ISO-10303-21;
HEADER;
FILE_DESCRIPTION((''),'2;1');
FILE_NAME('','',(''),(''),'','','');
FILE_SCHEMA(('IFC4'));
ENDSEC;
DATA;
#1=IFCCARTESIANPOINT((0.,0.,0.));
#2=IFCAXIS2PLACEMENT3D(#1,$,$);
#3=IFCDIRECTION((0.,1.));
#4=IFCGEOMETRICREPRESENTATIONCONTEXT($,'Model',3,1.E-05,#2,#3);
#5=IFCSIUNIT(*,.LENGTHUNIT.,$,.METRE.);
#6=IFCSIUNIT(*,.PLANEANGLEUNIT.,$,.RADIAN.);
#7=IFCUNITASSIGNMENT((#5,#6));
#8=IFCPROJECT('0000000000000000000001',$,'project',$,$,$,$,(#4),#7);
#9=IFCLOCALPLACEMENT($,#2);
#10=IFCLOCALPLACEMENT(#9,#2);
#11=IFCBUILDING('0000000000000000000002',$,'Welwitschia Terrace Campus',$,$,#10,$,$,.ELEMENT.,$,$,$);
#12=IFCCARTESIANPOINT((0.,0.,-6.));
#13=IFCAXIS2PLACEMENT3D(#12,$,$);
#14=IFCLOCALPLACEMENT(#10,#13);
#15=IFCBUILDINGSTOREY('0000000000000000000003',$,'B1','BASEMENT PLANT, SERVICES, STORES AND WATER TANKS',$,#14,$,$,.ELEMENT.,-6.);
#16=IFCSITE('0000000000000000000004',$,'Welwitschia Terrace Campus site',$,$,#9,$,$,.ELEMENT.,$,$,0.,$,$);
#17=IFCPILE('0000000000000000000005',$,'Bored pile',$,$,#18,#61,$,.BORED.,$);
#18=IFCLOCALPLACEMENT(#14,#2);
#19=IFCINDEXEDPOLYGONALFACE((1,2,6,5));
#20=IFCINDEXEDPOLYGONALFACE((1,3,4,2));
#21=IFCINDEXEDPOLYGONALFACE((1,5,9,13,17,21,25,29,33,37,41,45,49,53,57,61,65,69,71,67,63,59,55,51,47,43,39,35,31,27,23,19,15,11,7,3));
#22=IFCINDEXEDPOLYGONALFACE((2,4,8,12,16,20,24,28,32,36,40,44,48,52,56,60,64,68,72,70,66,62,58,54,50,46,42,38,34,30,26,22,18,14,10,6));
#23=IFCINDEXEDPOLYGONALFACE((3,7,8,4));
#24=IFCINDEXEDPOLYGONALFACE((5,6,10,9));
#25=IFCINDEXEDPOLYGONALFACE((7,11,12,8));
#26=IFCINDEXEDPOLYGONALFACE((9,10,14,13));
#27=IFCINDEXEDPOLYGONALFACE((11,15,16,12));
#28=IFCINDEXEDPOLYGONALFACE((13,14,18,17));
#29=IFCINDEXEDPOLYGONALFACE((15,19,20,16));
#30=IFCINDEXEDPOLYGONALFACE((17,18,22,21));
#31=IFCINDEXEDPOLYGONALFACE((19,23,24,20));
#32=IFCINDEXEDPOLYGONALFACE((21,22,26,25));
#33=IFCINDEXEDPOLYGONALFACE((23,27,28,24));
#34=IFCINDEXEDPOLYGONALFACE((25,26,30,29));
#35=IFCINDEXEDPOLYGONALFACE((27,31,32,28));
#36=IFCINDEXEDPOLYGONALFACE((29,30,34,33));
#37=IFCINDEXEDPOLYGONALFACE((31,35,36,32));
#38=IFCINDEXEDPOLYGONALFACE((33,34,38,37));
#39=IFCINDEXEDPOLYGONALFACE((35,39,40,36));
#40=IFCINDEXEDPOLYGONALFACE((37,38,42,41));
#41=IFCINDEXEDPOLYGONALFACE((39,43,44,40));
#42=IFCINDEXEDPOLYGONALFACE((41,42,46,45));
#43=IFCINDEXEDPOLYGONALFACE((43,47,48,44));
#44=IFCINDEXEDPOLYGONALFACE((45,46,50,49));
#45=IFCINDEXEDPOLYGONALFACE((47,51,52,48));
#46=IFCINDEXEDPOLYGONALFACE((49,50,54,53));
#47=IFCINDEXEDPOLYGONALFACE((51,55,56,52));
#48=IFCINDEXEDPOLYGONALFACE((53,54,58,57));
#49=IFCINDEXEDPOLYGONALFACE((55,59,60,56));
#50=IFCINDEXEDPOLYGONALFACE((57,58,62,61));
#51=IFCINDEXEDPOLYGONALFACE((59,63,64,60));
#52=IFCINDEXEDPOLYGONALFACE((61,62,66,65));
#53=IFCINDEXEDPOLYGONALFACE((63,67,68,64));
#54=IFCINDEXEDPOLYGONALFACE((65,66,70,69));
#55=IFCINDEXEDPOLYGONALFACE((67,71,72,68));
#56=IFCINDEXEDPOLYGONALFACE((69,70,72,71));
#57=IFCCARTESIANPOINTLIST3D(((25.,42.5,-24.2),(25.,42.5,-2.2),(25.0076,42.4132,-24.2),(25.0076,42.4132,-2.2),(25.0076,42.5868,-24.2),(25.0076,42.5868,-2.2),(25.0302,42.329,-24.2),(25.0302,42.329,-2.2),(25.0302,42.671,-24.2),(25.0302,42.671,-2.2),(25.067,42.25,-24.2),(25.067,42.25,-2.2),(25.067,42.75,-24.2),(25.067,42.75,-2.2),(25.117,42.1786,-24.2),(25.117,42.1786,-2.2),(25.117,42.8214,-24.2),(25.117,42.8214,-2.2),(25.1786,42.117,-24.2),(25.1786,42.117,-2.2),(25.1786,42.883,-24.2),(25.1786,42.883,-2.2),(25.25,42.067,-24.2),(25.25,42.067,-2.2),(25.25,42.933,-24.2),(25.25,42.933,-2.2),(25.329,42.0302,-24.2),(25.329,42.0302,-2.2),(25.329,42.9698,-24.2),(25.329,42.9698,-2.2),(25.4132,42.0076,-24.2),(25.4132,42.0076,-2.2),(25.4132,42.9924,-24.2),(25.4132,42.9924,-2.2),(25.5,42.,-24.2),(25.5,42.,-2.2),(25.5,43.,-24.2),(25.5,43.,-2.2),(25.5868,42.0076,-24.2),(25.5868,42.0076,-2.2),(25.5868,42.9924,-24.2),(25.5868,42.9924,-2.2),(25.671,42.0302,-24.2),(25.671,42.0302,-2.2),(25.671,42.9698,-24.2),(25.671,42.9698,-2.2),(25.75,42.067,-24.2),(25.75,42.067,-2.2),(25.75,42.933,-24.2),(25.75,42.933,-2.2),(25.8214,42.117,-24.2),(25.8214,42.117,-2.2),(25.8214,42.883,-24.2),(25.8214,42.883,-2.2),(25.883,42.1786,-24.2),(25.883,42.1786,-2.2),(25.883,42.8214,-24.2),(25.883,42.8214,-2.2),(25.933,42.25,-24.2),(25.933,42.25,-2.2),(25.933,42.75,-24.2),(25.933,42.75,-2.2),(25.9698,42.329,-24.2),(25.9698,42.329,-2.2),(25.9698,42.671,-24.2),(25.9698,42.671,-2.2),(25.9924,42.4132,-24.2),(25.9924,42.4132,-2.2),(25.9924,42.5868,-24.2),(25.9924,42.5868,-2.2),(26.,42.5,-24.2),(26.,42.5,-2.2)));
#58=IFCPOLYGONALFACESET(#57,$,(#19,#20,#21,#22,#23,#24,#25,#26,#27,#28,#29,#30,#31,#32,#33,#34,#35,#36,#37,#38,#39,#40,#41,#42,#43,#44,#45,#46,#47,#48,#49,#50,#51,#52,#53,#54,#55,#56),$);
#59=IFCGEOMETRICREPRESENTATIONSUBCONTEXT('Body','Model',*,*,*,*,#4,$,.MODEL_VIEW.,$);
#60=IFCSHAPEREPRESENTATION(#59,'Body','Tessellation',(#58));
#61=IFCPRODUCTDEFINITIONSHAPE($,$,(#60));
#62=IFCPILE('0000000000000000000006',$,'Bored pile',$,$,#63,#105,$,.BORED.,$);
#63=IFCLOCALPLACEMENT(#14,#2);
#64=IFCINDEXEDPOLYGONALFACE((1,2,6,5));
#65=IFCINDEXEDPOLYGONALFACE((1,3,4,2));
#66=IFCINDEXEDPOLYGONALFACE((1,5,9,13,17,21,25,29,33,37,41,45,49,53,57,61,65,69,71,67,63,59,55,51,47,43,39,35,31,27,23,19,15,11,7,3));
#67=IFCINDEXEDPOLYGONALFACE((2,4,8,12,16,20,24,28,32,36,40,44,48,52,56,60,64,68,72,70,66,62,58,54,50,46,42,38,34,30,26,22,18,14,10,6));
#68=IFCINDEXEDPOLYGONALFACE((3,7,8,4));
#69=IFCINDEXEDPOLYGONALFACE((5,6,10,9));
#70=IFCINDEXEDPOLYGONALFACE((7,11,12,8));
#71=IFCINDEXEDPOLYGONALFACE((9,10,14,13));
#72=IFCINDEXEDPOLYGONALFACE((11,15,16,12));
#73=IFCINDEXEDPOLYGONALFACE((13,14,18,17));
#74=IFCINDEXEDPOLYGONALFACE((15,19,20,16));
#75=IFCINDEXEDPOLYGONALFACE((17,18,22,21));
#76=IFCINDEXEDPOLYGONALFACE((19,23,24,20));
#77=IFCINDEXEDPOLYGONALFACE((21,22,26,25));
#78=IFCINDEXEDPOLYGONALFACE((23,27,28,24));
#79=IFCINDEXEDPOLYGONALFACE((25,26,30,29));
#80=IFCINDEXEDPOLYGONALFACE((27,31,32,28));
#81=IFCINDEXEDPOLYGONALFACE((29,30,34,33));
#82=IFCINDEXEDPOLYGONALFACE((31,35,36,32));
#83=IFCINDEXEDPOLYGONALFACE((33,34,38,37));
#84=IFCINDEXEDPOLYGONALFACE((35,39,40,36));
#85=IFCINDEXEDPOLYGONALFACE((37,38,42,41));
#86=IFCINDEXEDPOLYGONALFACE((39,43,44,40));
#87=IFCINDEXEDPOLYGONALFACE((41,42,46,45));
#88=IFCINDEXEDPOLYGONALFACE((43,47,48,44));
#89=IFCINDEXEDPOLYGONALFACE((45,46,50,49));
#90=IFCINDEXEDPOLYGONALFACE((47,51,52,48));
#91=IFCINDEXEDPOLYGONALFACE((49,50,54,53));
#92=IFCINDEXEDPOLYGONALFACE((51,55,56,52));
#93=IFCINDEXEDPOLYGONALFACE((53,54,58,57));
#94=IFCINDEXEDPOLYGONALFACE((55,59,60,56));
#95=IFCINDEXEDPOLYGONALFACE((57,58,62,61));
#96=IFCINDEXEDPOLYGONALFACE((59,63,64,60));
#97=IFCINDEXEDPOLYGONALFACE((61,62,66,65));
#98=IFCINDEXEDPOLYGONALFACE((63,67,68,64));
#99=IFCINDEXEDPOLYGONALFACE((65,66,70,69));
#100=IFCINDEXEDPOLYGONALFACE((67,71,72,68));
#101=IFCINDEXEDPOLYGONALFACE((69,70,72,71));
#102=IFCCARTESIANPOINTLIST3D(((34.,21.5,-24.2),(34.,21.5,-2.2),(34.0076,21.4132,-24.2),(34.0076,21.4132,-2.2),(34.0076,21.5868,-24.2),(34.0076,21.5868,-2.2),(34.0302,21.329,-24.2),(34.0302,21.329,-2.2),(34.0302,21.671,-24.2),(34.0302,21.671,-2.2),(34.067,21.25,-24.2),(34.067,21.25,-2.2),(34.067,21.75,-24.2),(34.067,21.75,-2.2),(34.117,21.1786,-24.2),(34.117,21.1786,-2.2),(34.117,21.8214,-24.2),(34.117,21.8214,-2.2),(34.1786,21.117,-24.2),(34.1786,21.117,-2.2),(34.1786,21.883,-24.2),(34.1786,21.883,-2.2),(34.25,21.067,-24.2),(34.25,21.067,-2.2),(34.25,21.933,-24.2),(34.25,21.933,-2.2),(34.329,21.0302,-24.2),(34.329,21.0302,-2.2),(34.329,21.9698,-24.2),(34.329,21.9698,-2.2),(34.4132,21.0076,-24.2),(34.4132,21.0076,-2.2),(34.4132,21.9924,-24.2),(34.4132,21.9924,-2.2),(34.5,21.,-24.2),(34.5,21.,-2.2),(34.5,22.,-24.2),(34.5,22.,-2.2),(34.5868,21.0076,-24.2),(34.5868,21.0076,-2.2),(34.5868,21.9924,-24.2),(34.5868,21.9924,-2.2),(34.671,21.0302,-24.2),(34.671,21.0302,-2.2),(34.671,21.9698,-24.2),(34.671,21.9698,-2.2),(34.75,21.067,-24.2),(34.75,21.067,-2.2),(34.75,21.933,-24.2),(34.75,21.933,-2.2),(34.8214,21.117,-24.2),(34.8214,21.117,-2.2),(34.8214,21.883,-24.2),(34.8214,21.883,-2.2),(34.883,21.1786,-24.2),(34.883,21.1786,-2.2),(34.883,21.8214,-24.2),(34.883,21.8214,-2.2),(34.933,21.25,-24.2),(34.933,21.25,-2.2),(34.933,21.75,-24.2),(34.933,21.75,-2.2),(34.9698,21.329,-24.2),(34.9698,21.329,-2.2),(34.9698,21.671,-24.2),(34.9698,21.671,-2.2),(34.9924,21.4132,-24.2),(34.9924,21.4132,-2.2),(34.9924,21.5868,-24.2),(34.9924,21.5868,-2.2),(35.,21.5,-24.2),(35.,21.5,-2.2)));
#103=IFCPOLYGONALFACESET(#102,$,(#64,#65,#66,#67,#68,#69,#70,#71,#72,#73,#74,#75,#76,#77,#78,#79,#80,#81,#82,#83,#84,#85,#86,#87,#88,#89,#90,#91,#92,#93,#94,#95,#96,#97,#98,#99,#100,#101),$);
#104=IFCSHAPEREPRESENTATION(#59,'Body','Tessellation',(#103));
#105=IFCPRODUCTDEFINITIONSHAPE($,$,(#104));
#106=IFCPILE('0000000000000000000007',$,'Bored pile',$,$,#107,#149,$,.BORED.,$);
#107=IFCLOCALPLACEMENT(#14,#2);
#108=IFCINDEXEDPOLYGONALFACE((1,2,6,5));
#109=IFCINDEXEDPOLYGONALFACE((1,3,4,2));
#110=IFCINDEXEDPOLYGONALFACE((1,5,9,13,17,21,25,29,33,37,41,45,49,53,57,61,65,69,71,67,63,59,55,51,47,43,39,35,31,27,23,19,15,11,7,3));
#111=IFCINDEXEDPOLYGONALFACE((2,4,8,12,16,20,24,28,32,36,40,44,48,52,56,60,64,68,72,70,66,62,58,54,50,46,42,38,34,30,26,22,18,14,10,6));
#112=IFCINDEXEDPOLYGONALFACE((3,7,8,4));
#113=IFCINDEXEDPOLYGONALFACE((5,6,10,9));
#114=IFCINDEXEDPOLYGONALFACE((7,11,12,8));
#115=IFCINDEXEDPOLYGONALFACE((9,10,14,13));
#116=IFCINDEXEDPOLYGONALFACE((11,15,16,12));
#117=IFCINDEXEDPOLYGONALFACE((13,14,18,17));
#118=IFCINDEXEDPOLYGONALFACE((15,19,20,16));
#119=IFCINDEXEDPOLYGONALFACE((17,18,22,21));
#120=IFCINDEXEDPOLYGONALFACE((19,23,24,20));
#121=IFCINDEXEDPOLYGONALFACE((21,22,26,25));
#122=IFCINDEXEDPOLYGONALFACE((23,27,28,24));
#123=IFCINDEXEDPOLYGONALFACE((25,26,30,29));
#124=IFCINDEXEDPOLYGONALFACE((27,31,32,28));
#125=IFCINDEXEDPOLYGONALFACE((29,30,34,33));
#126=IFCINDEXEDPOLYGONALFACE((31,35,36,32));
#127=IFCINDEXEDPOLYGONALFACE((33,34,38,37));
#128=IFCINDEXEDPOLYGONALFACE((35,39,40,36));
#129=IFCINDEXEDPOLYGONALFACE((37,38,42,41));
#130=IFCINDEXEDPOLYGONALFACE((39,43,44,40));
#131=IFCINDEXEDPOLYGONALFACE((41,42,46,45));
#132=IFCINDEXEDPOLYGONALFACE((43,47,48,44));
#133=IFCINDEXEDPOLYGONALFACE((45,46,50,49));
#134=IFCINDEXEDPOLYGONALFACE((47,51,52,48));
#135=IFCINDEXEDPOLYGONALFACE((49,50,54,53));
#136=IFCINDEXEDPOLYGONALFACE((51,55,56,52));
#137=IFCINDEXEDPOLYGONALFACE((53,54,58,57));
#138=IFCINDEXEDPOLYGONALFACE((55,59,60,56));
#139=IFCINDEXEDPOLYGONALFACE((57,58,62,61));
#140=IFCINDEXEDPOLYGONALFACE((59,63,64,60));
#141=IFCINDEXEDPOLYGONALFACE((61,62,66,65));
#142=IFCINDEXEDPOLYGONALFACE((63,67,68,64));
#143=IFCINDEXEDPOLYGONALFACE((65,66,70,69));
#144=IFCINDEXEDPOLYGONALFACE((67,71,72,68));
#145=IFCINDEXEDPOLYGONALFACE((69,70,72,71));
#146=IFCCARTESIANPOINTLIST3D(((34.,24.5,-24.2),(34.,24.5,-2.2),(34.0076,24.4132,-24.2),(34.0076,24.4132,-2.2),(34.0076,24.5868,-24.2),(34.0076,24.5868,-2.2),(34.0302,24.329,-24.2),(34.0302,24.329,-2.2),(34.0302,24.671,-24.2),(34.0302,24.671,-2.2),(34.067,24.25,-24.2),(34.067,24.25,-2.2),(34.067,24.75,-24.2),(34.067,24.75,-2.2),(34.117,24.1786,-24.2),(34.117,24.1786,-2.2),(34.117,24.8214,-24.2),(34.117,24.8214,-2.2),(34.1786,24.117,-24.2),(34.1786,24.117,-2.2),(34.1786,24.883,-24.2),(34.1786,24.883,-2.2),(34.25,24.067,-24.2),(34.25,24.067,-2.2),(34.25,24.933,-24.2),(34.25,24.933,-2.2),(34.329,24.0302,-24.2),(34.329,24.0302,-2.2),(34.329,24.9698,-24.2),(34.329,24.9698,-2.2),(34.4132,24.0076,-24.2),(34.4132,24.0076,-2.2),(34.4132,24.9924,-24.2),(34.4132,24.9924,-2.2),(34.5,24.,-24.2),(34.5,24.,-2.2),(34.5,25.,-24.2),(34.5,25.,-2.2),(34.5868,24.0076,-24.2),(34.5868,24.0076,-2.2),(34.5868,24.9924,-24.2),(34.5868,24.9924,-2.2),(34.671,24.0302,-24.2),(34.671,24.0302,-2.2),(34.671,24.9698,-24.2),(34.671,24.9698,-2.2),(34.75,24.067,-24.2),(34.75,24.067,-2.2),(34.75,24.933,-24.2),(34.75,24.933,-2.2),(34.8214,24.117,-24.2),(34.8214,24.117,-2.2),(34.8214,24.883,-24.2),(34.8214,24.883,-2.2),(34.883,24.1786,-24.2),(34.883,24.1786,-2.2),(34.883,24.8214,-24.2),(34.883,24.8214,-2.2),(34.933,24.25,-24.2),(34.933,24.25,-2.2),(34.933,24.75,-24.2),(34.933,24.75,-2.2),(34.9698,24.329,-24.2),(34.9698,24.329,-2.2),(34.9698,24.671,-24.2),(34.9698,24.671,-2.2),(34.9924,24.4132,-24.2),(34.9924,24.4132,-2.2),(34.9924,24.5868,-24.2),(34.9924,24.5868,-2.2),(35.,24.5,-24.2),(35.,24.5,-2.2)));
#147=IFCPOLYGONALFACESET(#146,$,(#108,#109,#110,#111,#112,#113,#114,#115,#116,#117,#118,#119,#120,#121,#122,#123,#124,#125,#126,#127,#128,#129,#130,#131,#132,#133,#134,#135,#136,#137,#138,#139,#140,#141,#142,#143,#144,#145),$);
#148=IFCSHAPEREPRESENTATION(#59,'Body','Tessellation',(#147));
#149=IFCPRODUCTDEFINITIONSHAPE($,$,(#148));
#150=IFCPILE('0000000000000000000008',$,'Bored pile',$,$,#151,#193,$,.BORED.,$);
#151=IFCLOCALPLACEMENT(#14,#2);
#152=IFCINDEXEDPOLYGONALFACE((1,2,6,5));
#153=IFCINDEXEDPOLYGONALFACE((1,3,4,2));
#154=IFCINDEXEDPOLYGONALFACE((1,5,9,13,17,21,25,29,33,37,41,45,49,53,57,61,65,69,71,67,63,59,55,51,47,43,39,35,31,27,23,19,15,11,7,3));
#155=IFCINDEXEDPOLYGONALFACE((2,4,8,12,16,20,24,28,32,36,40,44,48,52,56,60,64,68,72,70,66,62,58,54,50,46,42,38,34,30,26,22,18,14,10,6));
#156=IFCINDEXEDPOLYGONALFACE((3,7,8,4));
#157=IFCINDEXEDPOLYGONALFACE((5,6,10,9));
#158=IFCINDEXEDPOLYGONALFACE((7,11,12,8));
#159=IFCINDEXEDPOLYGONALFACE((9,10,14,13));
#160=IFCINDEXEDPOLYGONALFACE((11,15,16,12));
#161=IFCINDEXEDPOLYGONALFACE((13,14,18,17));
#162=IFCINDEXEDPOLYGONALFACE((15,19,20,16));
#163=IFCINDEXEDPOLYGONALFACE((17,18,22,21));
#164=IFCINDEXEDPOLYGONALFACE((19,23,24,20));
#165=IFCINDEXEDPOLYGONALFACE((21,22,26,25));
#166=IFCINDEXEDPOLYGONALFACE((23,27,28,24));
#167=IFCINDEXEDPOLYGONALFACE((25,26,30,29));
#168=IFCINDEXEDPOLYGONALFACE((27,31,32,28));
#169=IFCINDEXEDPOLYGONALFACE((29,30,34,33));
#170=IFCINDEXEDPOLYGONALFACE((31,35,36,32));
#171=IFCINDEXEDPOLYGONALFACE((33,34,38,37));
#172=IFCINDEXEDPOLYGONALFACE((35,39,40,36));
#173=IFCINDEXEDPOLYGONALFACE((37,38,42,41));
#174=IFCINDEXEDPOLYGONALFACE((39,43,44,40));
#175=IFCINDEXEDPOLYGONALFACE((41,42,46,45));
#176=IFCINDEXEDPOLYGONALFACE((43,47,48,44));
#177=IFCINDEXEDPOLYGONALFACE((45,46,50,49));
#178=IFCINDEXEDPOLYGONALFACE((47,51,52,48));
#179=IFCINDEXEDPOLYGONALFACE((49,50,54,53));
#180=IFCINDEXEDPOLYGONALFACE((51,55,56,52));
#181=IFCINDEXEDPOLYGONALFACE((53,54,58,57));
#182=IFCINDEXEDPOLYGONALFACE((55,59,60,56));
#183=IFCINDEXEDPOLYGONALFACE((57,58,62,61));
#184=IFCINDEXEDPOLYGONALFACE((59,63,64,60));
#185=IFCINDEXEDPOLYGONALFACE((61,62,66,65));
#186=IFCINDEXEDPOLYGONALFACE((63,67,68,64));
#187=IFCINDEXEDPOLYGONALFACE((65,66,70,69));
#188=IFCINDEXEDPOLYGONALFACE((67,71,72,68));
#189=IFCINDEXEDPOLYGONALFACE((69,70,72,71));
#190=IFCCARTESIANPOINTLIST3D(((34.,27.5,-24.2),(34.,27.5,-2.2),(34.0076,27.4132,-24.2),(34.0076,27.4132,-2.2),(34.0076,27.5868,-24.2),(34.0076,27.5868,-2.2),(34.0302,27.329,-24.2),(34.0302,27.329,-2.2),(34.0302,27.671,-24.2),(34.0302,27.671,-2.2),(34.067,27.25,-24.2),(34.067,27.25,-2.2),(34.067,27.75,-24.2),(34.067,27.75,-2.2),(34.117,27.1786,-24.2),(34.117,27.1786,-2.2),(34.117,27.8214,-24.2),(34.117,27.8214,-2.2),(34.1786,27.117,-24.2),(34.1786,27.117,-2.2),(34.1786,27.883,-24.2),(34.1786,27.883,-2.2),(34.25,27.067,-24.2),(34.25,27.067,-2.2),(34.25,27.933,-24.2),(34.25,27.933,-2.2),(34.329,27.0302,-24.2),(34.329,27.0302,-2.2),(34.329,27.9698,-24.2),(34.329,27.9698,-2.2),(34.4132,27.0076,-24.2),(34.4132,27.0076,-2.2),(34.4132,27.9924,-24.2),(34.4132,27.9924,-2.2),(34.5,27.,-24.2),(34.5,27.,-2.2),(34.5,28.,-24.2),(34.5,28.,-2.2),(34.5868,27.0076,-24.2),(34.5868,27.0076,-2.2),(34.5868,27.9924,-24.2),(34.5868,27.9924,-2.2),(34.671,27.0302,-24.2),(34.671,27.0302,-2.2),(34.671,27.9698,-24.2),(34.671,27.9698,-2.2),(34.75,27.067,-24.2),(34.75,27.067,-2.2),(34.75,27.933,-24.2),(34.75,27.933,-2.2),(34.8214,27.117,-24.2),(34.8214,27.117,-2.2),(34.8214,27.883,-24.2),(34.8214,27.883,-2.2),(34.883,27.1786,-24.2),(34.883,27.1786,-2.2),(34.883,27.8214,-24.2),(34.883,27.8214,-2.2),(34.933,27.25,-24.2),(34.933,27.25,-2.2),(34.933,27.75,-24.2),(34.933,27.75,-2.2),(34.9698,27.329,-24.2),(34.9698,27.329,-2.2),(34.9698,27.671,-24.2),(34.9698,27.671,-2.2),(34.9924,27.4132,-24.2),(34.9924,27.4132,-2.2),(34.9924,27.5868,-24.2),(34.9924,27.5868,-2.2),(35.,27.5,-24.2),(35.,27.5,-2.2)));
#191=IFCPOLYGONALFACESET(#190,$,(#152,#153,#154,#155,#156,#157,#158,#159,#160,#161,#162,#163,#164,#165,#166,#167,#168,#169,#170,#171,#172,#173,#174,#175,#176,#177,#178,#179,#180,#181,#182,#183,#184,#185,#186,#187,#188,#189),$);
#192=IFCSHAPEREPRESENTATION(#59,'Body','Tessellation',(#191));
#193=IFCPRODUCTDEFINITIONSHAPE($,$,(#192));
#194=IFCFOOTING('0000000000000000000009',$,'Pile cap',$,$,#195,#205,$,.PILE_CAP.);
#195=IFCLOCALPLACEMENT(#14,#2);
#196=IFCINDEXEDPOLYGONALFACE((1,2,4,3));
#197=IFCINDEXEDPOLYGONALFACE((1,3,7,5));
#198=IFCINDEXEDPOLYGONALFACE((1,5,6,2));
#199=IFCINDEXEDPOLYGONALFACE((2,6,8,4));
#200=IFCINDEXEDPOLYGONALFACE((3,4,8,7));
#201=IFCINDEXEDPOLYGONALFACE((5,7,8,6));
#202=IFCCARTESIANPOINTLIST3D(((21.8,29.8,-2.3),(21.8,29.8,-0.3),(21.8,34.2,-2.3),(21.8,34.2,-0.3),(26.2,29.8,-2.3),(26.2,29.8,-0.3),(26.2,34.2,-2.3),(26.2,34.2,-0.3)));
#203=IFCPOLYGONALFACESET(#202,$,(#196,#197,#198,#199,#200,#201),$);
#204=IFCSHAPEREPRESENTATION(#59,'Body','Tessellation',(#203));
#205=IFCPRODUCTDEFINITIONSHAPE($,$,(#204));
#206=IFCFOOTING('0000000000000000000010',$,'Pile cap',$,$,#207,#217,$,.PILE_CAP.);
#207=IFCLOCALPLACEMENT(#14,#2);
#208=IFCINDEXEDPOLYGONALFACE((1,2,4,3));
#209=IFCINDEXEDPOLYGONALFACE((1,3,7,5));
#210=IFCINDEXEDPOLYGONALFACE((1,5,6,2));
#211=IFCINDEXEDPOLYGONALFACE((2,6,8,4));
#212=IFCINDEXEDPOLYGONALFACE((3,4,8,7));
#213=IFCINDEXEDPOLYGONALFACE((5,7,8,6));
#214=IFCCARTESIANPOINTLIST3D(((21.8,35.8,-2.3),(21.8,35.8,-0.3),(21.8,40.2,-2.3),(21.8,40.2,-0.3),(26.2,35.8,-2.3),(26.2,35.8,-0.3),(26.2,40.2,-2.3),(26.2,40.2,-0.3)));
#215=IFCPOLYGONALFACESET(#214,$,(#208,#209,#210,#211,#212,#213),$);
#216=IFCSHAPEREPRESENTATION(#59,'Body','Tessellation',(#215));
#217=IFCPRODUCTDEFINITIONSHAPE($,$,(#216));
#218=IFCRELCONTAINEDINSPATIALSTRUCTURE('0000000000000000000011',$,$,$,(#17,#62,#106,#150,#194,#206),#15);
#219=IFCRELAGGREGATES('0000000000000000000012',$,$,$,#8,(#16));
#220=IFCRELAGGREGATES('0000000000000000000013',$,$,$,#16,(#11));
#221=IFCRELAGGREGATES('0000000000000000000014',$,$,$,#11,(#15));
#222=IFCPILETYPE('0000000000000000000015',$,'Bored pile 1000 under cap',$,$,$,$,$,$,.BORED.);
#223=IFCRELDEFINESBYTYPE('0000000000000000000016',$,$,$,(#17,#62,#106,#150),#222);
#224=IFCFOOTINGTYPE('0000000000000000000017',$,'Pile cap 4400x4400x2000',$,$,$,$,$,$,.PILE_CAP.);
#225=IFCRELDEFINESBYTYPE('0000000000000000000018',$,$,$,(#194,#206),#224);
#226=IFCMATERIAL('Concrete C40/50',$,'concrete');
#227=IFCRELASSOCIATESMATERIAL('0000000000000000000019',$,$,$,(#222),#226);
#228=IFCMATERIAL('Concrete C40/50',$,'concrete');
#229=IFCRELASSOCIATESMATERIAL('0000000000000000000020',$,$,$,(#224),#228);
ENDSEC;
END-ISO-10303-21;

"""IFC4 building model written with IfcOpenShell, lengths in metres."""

from ifc_helpers import new_model, si_unit, direction, frame, origin, origin_2d, place, context, subcontext, project, spatial, rectangle, circle, extrude, material, type_object, element, save


model = new_model("IFC4")

# Units and contexts
model_context = context("Model", 3, precision=1e-05, world=origin(), true_north=direction((0.0, 1.0)))
body_context = subcontext(model_context, "Body", "Model", "MODEL_VIEW")
ifc_project = project(units=[si_unit("LENGTHUNIT", "METRE"), si_unit("PLANEANGLEUNIT", "RADIAN")], contexts=[model_context])

# Site, building, storey
site_placement = place(None, origin())
site = spatial("IfcSite", under=ifc_project, at=site_placement, Name="Welwitschia Terrace Campus site", CompositionType="ELEMENT", RefElevation=0.0)
building_placement = place(site_placement, origin())
building = spatial("IfcBuilding", under=site, at=building_placement, Name="Welwitschia Terrace Campus", CompositionType="ELEMENT")
storey_placement = place(building_placement, frame((0.0, 0.0, -6.0)))
storey = spatial("IfcBuildingStorey", under=building, at=storey_placement, Name="B1", Description="BASEMENT PLANT, SERVICES, STORES AND WATER TANKS", CompositionType="ELEMENT", Elevation=-6.0)

# Piles
ifc_material_1 = material(Name="Concrete C40/50", Category="concrete")
pile_type_1 = type_object("IfcPileType", Name="Bored pile 1000 under cap", PredefinedType="BORED", material=ifc_material_1)
for number, where, z_axis, x_axis, name in (
    (1, (25.5, 42.5, -2.2), (0.0, 0.0, -1.0), (1.0, 0.0, 0.0), "Bored pile"),
    (2, (34.5, 21.5, -2.2), (0.0, 0.0, -1.0), (1.0, 0.0, 0.0), "Bored pile"),
    (3, (34.5, 24.5, -2.2), (0.0, 0.0, -1.0), (1.0, 0.0, 0.0), "Bored pile"),
    (4, (34.5, 27.5, -2.2), (0.0, 0.0, -1.0), (1.0, 0.0, 0.0), "Bored pile"),
):
    element("IfcPile", number, at=place(storey_placement, frame(where, z_axis=z_axis, x_axis=x_axis)), inside=storey, type_object=pile_type_1, Name=name, PredefinedType="BORED", context=body_context, shape_type="SweptSolid", body=[
        extrude(circle(Radius=0.5, at=origin_2d()), origin(), (0.0, 0.0, 1.0), 22.0),
    ])

# Footings
ifc_material_2 = material(Name="Concrete C40/50", Category="concrete")
footing_type = type_object("IfcFootingType", Name="Pile cap 4400x4400x2000", PredefinedType="PILE_CAP", material=ifc_material_2)
for number, where, z_axis, x_axis, name in (
    (5, (24.0, 32.0, -2.3), (0.0, 0.0, 1.0), (1.0, 0.0, 0.0), "Pile cap"),
    (6, (24.0, 38.0, -2.3), (0.0, 0.0, 1.0), (1.0, 0.0, 0.0), "Pile cap"),
):
    element("IfcFooting", number, at=place(storey_placement, frame(where, z_axis=z_axis, x_axis=x_axis)), inside=storey, type_object=footing_type, Name=name, PredefinedType="PILE_CAP", context=body_context, shape_type="SweptSolid", body=[
        extrude(rectangle(XDim=4.3999, YDim=4.3999, at=origin_2d()), origin(), (0.0, 0.0, 1.0), 2.0),
    ])

save(model, "model.ifc")
